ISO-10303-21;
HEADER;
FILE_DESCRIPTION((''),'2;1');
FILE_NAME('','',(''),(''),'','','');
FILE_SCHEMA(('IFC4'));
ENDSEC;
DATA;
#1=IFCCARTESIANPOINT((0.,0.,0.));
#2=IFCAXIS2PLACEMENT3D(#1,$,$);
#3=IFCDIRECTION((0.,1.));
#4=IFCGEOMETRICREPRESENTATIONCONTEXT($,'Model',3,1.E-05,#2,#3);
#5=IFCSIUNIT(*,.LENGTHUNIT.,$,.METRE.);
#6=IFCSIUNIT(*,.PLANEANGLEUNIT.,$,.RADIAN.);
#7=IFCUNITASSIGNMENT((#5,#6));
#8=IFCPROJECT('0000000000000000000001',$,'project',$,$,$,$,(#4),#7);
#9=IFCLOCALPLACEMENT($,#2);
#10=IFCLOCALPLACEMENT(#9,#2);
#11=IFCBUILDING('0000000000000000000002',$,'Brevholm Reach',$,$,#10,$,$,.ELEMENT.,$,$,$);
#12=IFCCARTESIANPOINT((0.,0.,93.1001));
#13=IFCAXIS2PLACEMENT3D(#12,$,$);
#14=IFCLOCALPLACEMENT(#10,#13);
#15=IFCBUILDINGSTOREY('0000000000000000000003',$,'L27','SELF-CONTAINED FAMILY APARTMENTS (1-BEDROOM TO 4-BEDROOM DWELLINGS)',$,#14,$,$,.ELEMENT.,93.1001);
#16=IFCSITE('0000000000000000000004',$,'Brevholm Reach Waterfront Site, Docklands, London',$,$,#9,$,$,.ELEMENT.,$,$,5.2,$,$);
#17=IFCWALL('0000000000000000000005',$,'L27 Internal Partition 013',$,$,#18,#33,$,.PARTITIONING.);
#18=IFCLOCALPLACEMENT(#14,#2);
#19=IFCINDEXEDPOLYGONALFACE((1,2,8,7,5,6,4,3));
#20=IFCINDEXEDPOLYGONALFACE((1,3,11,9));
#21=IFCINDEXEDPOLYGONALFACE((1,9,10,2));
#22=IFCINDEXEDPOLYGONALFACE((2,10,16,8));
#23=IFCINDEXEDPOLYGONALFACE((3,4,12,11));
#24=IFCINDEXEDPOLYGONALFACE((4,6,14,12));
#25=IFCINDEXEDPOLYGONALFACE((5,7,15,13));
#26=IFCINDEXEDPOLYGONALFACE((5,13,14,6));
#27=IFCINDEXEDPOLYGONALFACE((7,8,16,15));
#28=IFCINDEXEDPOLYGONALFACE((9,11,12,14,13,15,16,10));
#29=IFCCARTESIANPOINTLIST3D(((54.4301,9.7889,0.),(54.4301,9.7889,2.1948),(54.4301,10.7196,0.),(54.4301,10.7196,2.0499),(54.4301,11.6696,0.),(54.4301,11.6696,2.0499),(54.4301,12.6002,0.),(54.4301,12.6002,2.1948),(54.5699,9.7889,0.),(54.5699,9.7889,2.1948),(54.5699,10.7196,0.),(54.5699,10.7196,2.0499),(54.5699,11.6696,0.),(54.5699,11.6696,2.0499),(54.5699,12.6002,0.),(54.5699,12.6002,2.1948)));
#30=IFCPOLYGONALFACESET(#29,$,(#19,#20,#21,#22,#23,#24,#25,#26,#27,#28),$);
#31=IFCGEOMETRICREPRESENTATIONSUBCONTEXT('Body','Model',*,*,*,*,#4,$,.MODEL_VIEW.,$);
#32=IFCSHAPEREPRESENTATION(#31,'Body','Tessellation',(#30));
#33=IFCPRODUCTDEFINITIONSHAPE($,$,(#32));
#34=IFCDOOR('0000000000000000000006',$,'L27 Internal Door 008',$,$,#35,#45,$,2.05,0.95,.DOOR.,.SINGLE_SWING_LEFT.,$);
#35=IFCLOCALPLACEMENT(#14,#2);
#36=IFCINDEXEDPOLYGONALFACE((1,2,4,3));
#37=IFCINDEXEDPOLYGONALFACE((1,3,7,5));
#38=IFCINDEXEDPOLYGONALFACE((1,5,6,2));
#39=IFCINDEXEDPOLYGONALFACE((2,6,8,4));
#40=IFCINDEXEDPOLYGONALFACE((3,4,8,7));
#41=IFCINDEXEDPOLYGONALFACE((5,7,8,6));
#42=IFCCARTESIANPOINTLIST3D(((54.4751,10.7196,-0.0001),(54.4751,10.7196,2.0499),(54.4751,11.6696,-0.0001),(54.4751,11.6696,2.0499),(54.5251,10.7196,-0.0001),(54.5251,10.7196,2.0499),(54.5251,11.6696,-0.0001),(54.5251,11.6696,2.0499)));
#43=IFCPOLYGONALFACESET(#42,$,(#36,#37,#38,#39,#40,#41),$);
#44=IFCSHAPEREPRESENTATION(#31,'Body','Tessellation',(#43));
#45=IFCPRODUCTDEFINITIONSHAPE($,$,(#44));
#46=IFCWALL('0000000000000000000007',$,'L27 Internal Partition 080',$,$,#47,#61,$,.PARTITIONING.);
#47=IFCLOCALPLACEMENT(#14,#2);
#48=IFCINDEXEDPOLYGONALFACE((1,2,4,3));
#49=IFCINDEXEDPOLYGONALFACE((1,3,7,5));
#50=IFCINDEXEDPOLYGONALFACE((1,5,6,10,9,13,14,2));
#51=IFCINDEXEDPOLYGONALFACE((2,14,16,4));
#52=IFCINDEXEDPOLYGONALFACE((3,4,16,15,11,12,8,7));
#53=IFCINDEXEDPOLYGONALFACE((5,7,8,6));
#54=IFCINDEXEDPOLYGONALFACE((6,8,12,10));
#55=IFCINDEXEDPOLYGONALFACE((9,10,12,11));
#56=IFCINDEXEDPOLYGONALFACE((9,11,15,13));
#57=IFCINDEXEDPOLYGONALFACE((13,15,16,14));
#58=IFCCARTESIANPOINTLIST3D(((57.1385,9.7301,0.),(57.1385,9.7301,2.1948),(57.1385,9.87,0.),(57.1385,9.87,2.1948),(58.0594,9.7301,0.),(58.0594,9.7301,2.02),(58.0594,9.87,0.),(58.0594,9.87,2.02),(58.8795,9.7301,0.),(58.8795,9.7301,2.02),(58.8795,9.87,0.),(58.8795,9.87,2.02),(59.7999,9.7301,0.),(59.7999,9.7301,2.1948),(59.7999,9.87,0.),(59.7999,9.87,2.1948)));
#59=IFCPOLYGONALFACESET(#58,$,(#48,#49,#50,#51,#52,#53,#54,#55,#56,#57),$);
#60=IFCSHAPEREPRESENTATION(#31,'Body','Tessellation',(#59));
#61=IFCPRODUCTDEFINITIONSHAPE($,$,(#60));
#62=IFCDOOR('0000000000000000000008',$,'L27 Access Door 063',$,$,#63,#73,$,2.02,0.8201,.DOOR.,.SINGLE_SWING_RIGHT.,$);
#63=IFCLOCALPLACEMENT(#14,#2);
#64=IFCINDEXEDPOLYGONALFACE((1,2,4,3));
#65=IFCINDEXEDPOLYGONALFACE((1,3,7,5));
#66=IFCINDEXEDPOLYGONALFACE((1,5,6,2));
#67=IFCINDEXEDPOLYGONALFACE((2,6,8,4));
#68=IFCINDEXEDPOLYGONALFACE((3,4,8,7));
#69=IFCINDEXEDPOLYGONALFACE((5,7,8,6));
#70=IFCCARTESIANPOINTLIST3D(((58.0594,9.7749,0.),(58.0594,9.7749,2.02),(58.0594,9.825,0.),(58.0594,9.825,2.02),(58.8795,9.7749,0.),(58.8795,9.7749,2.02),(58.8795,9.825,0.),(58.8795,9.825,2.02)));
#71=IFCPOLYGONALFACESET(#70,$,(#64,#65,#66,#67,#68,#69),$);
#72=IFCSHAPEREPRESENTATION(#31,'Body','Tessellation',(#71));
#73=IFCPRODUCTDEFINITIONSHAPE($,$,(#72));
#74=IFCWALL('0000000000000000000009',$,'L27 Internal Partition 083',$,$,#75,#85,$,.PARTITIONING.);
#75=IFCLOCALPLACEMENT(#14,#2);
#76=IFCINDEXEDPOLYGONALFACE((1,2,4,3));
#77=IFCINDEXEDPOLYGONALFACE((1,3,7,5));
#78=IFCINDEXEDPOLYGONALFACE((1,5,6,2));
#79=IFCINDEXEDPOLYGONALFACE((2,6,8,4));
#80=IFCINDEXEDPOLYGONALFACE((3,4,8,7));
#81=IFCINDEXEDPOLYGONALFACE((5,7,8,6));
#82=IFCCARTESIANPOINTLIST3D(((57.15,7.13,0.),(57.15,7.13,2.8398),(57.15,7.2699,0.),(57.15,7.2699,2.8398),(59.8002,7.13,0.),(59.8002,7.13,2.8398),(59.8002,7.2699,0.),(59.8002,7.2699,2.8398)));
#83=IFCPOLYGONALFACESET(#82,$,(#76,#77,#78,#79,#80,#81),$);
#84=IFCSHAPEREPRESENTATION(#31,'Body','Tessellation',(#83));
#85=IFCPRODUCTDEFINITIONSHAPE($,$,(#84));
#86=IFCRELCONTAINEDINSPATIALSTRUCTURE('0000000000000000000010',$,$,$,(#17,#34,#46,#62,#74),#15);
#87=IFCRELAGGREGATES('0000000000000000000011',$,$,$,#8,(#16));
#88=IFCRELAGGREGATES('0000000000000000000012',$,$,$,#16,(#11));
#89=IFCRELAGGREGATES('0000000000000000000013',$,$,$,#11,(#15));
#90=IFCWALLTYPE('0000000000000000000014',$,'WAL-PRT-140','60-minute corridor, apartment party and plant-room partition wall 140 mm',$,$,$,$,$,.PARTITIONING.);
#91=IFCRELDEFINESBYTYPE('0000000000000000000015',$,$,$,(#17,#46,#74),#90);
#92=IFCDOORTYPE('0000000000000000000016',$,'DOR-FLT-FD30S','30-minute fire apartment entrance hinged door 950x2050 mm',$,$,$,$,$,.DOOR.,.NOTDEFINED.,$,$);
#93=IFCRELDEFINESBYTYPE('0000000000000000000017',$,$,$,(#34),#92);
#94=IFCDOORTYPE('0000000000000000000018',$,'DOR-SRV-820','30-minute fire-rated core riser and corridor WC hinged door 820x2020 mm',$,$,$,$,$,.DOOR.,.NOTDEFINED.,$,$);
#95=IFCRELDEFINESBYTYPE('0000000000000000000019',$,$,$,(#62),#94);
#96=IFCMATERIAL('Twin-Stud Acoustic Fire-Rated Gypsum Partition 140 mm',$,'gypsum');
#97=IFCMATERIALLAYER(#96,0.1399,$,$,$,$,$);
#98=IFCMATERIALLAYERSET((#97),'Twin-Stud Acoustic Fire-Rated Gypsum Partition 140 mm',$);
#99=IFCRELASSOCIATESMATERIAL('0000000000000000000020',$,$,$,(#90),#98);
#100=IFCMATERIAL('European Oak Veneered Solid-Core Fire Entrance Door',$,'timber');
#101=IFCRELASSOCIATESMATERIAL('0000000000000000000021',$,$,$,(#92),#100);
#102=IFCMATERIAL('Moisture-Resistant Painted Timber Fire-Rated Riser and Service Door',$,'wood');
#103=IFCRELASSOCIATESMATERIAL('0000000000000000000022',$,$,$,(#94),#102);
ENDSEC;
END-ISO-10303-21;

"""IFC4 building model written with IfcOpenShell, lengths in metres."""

from ifc_helpers import new_model, si_unit, direction, frame, frame_2d, origin, place, context, subcontext, project, spatial, rectangle, extrude, material, layer, layer_set, type_object, element, fill, save


model = new_model("IFC4")

# Units and contexts
model_context = context("Model", 3, precision=1e-05, world=origin(), true_north=direction((0.0, 1.0)))
body_context = subcontext(model_context, "Body", "Model", "MODEL_VIEW")
ifc_project = project(units=[si_unit("LENGTHUNIT", "METRE"), si_unit("PLANEANGLEUNIT", "RADIAN")], contexts=[model_context])

# Site, building, storey
site_placement = place(None, origin())
site = spatial("IfcSite", under=ifc_project, at=site_placement, Name="Brevholm Reach Waterfront Site, Docklands, London", CompositionType="ELEMENT", RefElevation=5.2)
building_placement = place(site_placement, origin())
building = spatial("IfcBuilding", under=site, at=building_placement, Name="Brevholm Reach", CompositionType="ELEMENT")
storey_placement = place(building_placement, frame((0.0, 0.0, 93.1001)))
storey = spatial("IfcBuildingStorey", under=building, at=storey_placement, Name="L27", Description="SELF-CONTAINED FAMILY APARTMENTS (1-BEDROOM TO 4-BEDROOM DWELLINGS)", CompositionType="ELEMENT", Elevation=93.1001)

# Walls, openings, doors
ifc_material_1 = material(Name="Twin-Stud Acoustic Fire-Rated Gypsum Partition 140 mm", Category="gypsum")
ifc_layer_1 = layer(ifc_material_1, 0.1399)
ifc_layer_set_1 = layer_set([ifc_layer_1], Name="Twin-Stud Acoustic Fire-Rated Gypsum Partition 140 mm")
wall_type_1 = type_object("IfcWallType", Name="WAL-PRT-140", Description="60-minute corridor, apartment party and plant-room partition wall 140 mm", PredefinedType="PARTITIONING", material=ifc_layer_set_1)
wall_1_placement = place(storey_placement, frame((54.5, 9.7888, 0.0), z_axis=(0.0, 0.0, 1.0), x_axis=(0.0, 1.0, 0.0)))
wall_1 = element("IfcWall", 1, at=wall_1_placement, inside=storey, type_object=wall_type_1, Name="L27 Internal Partition 013", PredefinedType="PARTITIONING", context=body_context, shape_type="SweptSolid", body=[
    extrude(rectangle(XDim=2.8113, YDim=0.1399, at=frame_2d((1.4058, 0.0))), origin(), (0.0, 0.0, 1.0), 2.1948),
])
opening_1_placement = place(wall_1_placement, frame((0.9307, 0.0, 0.0)))
opening_1 = element("IfcOpeningElement", 2, at=opening_1_placement, cuts=wall_1, PredefinedType="OPENING", context=body_context, shape_type="SweptSolid", body=[
    extrude(rectangle(XDim=0.95, YDim=2.05, at=frame_2d((0.4751, 1.0249))), frame((0.0, 0.0798, 0.0), z_axis=(0.0, -1.0, 0.0), x_axis=(1.0, 0.0, 0.0)), (0.0, 0.0, 1.0), 0.1599),
])
ifc_material_2 = material(Name="European Oak Veneered Solid-Core Fire Entrance Door", Category="timber")
door_type_1 = type_object("IfcDoorType", Name="DOR-FLT-FD30S", Description="30-minute fire apartment entrance hinged door 950x2050 mm", OperationType="NOTDEFINED", PredefinedType="DOOR", material=ifc_material_2)
door_1_placement = place(opening_1_placement, origin())
door_1 = element("IfcDoor", 3, at=door_1_placement, inside=storey, type_object=door_type_1, Name="L27 Internal Door 008", OperationType="SINGLE_SWING_LEFT", OverallHeight=2.05, OverallWidth=0.95, PredefinedType="DOOR", context=body_context, shape_type="SweptSolid", body=[
    extrude(rectangle(XDim=0.95, YDim=2.05, at=frame_2d((0.4751, 1.0249))), frame((0.0, 0.0249, 0.0), z_axis=(0.0, -1.0, 0.0), x_axis=(1.0, 0.0, 0.0)), (0.0, 0.0, 1.0), 0.05),
])
fill(opening_1, door_1)
wall_2_placement = place(storey_placement, frame((57.1387, 9.8, 0.0), z_axis=(0.0, 0.0, 1.0), x_axis=(1.0, 0.0, 0.0)))
wall_2 = element("IfcWall", 4, at=wall_2_placement, inside=storey, type_object=wall_type_1, Name="L27 Internal Partition 080", PredefinedType="PARTITIONING", context=body_context, shape_type="SweptSolid", body=[
    extrude(rectangle(XDim=2.6614, YDim=0.1399, at=frame_2d((1.3306, 0.0))), origin(), (0.0, 0.0, 1.0), 2.1948),
])
opening_2_placement = place(wall_2_placement, frame((0.9207, 0.0, 0.0)))
opening_2 = element("IfcOpeningElement", 5, at=opening_2_placement, cuts=wall_2, PredefinedType="OPENING", context=body_context, shape_type="SweptSolid", body=[
    extrude(rectangle(XDim=0.8201, YDim=2.02, at=frame_2d((0.4102, 1.01))), frame((0.0, 0.0798, 0.0), z_axis=(0.0, -1.0, 0.0), x_axis=(1.0, 0.0, 0.0)), (0.0, 0.0, 1.0), 0.1599),
])
ifc_material_3 = material(Name="Moisture-Resistant Painted Timber Fire-Rated Riser and Service Door", Category="wood")
door_type_2 = type_object("IfcDoorType", Name="DOR-SRV-820", Description="30-minute fire-rated core riser and corridor WC hinged door 820x2020 mm", OperationType="NOTDEFINED", PredefinedType="DOOR", material=ifc_material_3)
door_2_placement = place(opening_2_placement, origin())
door_2 = element("IfcDoor", 6, at=door_2_placement, inside=storey, type_object=door_type_2, Name="L27 Access Door 063", OperationType="SINGLE_SWING_RIGHT", OverallHeight=2.02, OverallWidth=0.8201, PredefinedType="DOOR", context=body_context, shape_type="SweptSolid", body=[
    extrude(rectangle(XDim=0.8201, YDim=2.02, at=frame_2d((0.4102, 1.01))), frame((0.0, 0.0249, 0.0), z_axis=(0.0, -1.0, 0.0), x_axis=(1.0, 0.0, 0.0)), (0.0, 0.0, 1.0), 0.05),
])
fill(opening_2, door_2)

# Wall
wall_3_placement = place(storey_placement, frame((57.1499, 7.2, 0.0), z_axis=(0.0, 0.0, 1.0), x_axis=(1.0, 0.0, 0.0)))
element("IfcWall", 7, at=wall_3_placement, inside=storey, type_object=wall_type_1, Name="L27 Internal Partition 083", PredefinedType="PARTITIONING", context=body_context, shape_type="SweptSolid", body=[
    extrude(rectangle(XDim=2.6501, YDim=0.1399, at=frame_2d((1.3252, 0.0))), origin(), (0.0, 0.0, 1.0), 2.8398),
])

save(model, "model.ifc")
